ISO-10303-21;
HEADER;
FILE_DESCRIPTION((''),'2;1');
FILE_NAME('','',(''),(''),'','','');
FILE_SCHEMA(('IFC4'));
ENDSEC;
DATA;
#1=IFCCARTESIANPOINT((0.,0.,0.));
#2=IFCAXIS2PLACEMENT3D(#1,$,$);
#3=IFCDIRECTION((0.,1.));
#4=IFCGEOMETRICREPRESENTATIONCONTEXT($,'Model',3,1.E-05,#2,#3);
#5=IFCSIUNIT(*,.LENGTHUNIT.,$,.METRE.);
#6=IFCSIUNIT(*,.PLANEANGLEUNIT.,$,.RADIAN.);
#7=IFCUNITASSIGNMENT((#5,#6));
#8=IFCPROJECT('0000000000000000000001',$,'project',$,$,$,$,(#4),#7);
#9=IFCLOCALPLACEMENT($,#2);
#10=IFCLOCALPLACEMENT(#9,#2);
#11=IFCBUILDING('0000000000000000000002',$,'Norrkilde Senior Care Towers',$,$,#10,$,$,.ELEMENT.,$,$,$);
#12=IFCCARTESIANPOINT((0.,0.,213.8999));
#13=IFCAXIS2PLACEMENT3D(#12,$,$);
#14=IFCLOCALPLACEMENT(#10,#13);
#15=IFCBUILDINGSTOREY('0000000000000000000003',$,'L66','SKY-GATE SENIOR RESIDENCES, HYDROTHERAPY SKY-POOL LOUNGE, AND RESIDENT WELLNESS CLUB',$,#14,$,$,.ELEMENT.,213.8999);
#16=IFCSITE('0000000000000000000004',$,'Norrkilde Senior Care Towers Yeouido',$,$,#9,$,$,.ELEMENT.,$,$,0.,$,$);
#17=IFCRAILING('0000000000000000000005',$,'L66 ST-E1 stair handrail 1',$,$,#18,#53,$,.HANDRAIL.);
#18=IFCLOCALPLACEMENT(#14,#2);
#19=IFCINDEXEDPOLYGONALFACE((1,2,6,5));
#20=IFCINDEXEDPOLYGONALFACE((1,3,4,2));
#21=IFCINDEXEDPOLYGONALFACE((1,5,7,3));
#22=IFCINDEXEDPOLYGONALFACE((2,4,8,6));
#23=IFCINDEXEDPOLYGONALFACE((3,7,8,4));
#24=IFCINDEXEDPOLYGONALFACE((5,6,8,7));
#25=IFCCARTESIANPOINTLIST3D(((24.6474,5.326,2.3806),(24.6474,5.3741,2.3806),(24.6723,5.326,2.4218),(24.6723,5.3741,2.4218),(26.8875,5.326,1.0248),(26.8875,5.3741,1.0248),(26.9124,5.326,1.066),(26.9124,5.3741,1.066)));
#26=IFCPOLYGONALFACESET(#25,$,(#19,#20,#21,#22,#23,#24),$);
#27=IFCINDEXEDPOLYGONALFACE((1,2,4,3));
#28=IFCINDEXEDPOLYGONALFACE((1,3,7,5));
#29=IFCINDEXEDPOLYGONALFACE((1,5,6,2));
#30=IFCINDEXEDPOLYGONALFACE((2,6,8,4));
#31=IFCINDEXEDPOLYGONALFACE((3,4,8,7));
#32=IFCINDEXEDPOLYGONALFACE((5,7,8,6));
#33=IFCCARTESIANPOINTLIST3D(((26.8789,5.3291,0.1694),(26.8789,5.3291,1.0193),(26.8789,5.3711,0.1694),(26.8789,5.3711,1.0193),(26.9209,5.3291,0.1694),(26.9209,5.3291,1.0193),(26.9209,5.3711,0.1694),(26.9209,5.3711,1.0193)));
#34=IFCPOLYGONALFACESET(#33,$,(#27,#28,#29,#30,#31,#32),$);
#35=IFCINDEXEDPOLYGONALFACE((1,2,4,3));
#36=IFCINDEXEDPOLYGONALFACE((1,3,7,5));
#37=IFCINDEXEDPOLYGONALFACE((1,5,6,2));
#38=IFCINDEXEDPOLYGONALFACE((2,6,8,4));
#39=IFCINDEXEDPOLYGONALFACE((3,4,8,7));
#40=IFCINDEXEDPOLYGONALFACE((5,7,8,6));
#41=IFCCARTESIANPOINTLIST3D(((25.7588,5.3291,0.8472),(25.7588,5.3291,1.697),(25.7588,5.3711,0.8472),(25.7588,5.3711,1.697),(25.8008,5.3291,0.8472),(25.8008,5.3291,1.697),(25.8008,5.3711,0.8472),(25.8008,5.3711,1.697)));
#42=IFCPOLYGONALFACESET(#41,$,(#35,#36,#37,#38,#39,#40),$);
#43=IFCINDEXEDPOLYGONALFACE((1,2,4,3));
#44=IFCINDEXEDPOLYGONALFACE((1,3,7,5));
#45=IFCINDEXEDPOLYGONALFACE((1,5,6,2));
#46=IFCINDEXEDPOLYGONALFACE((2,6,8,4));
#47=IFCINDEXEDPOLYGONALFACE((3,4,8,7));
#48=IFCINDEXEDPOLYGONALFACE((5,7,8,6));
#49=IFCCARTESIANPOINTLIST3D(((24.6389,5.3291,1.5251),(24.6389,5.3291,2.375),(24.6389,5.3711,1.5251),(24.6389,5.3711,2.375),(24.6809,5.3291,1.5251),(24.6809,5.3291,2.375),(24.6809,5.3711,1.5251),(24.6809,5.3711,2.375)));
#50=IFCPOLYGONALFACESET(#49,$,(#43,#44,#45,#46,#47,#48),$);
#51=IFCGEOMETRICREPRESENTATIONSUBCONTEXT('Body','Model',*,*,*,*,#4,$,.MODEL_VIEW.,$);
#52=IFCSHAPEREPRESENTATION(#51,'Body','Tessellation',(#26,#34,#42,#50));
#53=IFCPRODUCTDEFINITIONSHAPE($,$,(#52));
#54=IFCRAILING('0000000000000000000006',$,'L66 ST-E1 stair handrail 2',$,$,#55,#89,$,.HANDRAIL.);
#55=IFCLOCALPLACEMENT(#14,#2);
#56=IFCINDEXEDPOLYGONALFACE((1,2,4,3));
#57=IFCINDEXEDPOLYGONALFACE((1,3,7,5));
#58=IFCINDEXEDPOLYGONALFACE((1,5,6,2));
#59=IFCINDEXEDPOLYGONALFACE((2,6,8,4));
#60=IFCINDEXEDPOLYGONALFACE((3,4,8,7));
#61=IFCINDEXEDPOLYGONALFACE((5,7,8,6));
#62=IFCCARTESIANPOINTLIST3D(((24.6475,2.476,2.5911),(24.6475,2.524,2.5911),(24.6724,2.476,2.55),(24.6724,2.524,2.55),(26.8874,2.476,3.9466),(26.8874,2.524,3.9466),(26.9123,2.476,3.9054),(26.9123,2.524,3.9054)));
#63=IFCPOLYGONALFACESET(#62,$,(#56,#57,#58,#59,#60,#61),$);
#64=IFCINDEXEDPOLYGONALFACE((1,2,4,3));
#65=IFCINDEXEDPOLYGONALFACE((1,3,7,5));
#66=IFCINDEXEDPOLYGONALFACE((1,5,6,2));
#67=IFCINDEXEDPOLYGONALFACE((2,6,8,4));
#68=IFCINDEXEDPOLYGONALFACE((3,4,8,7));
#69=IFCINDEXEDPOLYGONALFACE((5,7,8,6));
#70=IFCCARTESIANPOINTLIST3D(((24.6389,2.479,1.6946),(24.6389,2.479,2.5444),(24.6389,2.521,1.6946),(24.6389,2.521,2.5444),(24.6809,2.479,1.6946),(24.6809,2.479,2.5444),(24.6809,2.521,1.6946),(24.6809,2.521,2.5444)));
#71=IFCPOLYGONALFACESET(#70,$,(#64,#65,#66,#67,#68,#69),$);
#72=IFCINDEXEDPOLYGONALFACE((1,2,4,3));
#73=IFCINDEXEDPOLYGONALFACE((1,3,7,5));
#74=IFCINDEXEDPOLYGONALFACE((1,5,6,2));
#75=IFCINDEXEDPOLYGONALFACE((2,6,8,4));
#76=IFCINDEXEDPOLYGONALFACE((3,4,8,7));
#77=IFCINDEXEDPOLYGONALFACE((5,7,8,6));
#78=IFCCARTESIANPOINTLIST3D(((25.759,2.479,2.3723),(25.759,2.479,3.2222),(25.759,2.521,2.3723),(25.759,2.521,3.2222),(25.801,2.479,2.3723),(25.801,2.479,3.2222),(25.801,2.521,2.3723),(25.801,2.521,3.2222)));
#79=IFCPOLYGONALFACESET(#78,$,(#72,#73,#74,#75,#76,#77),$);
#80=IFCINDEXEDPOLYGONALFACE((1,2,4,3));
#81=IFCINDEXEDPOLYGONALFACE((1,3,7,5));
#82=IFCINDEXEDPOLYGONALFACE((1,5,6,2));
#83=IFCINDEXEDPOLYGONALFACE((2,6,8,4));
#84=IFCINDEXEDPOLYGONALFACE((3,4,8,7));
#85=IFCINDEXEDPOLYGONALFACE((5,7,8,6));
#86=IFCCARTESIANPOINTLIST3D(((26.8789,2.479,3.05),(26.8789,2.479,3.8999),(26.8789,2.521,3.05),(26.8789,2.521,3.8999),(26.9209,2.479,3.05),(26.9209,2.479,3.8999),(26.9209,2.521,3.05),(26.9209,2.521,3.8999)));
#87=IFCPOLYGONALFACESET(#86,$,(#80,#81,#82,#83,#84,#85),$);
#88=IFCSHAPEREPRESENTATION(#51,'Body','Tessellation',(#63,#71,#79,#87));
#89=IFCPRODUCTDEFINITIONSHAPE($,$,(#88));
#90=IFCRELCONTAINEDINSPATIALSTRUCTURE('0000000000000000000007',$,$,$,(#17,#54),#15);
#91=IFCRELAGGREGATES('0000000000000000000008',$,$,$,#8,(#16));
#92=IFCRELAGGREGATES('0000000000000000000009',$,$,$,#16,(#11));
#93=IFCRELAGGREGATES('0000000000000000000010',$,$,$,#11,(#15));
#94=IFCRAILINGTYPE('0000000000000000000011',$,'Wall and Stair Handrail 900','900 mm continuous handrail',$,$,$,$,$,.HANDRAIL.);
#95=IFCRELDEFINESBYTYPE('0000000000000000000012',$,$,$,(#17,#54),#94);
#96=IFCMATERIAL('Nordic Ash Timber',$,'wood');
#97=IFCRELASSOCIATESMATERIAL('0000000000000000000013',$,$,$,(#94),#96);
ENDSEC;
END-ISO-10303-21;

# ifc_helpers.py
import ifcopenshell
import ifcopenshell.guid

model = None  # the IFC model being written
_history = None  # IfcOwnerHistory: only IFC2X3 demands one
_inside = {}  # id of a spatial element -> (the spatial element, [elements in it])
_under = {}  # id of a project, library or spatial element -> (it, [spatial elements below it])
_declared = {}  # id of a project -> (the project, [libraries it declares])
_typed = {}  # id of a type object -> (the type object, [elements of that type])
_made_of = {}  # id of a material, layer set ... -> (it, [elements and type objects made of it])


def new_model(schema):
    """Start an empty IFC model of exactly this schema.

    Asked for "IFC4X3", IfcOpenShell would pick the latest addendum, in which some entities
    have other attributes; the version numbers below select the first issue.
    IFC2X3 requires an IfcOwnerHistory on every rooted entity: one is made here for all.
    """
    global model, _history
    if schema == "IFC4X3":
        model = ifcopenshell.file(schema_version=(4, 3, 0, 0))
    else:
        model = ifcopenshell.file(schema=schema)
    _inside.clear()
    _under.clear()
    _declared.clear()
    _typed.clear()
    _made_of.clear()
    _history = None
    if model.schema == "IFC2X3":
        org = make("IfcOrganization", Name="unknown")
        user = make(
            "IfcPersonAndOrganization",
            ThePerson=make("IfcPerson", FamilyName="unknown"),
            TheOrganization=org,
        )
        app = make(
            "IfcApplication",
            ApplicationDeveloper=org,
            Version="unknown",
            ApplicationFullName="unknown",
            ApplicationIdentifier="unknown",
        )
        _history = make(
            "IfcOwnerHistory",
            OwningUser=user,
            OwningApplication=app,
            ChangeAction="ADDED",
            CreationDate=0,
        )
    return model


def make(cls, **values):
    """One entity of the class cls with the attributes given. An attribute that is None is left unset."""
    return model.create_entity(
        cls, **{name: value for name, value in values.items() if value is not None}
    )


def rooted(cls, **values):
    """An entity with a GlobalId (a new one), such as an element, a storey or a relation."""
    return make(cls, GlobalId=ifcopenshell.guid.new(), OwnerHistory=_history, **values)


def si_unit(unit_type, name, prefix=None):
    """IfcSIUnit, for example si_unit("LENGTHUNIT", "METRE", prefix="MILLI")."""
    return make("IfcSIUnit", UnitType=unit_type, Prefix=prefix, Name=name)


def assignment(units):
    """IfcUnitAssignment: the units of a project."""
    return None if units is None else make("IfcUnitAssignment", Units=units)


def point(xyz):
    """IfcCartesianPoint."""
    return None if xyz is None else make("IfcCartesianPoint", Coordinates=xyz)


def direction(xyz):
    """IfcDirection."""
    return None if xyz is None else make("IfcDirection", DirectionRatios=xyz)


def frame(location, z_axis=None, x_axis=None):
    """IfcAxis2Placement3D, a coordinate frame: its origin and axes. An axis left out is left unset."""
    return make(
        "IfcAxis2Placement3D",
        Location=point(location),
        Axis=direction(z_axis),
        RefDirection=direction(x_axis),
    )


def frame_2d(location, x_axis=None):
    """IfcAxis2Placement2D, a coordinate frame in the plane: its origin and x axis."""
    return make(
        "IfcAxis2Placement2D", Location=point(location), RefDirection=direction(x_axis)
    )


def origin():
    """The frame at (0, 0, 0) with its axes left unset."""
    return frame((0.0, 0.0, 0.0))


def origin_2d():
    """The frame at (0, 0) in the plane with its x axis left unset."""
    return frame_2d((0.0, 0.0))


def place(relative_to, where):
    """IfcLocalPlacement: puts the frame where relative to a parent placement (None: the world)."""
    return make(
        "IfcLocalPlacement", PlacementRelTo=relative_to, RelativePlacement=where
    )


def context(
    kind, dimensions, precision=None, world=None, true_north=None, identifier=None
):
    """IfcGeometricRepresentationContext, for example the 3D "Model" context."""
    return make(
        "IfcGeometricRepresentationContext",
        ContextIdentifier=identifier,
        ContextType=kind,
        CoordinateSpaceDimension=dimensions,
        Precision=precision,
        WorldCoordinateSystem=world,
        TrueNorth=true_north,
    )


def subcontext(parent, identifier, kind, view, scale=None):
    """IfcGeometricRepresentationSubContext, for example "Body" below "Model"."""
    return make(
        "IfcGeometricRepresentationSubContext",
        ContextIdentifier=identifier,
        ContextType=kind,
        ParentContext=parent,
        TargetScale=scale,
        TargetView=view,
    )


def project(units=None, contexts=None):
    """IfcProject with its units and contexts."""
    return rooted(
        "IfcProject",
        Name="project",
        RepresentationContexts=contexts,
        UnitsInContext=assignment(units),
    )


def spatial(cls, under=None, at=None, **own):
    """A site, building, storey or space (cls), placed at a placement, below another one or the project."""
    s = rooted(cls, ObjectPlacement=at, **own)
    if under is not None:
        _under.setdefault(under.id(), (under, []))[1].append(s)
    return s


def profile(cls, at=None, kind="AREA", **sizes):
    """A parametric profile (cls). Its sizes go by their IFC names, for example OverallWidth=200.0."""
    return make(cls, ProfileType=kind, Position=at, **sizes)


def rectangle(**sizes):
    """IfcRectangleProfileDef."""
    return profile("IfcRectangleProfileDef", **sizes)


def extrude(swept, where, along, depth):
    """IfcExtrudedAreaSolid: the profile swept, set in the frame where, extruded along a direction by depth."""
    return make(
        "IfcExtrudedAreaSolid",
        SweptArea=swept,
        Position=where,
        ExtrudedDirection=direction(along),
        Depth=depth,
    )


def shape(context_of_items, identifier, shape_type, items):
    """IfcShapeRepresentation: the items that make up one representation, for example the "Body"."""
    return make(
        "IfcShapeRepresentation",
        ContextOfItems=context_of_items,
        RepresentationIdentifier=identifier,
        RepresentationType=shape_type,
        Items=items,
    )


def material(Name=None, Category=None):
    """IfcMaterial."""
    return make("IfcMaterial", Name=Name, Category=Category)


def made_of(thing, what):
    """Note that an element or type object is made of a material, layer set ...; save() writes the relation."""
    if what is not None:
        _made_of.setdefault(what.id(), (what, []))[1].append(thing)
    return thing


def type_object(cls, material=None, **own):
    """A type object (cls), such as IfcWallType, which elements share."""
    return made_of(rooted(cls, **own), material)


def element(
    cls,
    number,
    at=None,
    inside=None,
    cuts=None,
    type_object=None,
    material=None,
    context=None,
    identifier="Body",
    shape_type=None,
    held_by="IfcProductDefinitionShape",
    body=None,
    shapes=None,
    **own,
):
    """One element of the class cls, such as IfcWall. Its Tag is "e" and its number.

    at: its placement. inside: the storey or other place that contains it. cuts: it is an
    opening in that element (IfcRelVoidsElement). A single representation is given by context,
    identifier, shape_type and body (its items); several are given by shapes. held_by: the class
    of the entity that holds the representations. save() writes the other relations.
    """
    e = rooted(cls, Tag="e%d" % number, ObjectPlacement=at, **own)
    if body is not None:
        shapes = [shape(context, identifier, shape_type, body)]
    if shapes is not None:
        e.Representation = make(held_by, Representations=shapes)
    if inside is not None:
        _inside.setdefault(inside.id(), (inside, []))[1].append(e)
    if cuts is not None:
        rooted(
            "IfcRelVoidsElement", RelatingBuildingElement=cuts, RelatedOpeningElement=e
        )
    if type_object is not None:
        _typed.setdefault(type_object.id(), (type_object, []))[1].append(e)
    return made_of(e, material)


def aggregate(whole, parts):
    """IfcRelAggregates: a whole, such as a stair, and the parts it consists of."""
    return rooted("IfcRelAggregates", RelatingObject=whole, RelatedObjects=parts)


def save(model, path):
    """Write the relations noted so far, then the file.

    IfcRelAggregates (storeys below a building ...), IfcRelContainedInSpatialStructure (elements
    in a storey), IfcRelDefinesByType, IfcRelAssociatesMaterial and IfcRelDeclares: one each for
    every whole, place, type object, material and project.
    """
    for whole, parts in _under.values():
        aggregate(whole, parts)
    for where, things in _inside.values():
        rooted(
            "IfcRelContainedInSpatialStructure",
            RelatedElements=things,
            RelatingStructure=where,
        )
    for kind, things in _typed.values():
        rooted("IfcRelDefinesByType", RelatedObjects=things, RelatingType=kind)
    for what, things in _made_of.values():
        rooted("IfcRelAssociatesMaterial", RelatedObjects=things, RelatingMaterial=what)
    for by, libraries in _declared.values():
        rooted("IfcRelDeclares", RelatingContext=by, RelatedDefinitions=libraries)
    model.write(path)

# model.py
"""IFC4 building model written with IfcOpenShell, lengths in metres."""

from ifc_helpers import new_model, si_unit, direction, frame, origin, origin_2d, place, context, subcontext, project, spatial, rectangle, extrude, material, type_object, element, save


model = new_model("IFC4")

# Units and contexts
model_context = context("Model", 3, precision=1e-05, world=origin(), true_north=direction((0.0, 1.0)))
body_context = subcontext(model_context, "Body", "Model", "MODEL_VIEW")
ifc_project = project(units=[si_unit("LENGTHUNIT", "METRE"), si_unit("PLANEANGLEUNIT", "RADIAN")], contexts=[model_context])

# Site, building, storey
site_placement = place(None, origin())
site = spatial("IfcSite", under=ifc_project, at=site_placement, Name="Norrkilde Senior Care Towers Yeouido", CompositionType="ELEMENT", RefElevation=0.0)
building_placement = place(site_placement, origin())
building = spatial("IfcBuilding", under=site, at=building_placement, Name="Norrkilde Senior Care Towers", CompositionType="ELEMENT")
storey_placement = place(building_placement, frame((0.0, 0.0, 213.8999)))
storey = spatial("IfcBuildingStorey", under=building, at=storey_placement, Name="L66", Description="SKY-GATE SENIOR RESIDENCES, HYDROTHERAPY SKY-POOL LOUNGE, AND RESIDENT WELLNESS CLUB", CompositionType="ELEMENT", Elevation=213.8999)

# Railings
ifc_material_1 = material(Name="Nordic Ash Timber", Category="wood")
railing_type_1 = type_object("IfcRailingType", Name="Wall and Stair Handrail 900", Description="900 mm continuous handrail", PredefinedType="HANDRAIL", material=ifc_material_1)
railing_1_placement = place(storey_placement, frame((26.8999, 5.3501, 0.1694)))
element("IfcRailing", 1, at=railing_1_placement, inside=storey, type_object=railing_type_1, Name="L66 ST-E1 stair handrail 1", PredefinedType="HANDRAIL", context=body_context, shape_type="SweptSolid", body=[
    extrude(rectangle(XDim=0.0481, YDim=0.0481, at=origin_2d()), frame((0.0, 0.0, 0.876), z_axis=(-0.855512, 0.0, 0.517783), x_axis=(0.0, -1.0, 0.0)), (0.0, 0.0, 1.0), 2.6184),
    extrude(rectangle(XDim=0.042, YDim=0.042, at=origin_2d()), origin(), (0.0, 0.0, 1.0), 0.8499),
    extrude(rectangle(XDim=0.042, YDim=0.042, at=origin_2d()), frame((-1.1201, 0.0, 0.6777)), (0.0, 0.0, 1.0), 0.8499),
    extrude(rectangle(XDim=0.042, YDim=0.042, at=origin_2d()), frame((-2.24, 0.0, 1.3557)), (0.0, 0.0, 1.0), 0.8499),
])
railing_2_placement = place(storey_placement, frame((24.6599, 2.5, 1.6946)))
element("IfcRailing", 2, at=railing_2_placement, inside=storey, type_object=railing_type_1, Name="L66 ST-E1 stair handrail 2", PredefinedType="HANDRAIL", context=body_context, shape_type="SweptSolid", body=[
    extrude(rectangle(XDim=0.0481, YDim=0.0481, at=origin_2d()), frame((0.0, 0.0, 0.876), z_axis=(0.855553, 0.0, 0.517715), x_axis=(0.0, 1.0, 0.0)), (0.0, 0.0, 1.0), 2.6182),
    extrude(rectangle(XDim=0.042, YDim=0.042, at=origin_2d()), origin(), (0.0, 0.0, 1.0), 0.8499),
    extrude(rectangle(XDim=0.042, YDim=0.042, at=origin_2d()), frame((1.1201, 0.0, 0.6777)), (0.0, 0.0, 1.0), 0.8499),
    extrude(rectangle(XDim=0.042, YDim=0.042, at=origin_2d()), frame((2.24, 0.0, 1.3555)), (0.0, 0.0, 1.0), 0.8499),
])

save(model, "model.ifc")
